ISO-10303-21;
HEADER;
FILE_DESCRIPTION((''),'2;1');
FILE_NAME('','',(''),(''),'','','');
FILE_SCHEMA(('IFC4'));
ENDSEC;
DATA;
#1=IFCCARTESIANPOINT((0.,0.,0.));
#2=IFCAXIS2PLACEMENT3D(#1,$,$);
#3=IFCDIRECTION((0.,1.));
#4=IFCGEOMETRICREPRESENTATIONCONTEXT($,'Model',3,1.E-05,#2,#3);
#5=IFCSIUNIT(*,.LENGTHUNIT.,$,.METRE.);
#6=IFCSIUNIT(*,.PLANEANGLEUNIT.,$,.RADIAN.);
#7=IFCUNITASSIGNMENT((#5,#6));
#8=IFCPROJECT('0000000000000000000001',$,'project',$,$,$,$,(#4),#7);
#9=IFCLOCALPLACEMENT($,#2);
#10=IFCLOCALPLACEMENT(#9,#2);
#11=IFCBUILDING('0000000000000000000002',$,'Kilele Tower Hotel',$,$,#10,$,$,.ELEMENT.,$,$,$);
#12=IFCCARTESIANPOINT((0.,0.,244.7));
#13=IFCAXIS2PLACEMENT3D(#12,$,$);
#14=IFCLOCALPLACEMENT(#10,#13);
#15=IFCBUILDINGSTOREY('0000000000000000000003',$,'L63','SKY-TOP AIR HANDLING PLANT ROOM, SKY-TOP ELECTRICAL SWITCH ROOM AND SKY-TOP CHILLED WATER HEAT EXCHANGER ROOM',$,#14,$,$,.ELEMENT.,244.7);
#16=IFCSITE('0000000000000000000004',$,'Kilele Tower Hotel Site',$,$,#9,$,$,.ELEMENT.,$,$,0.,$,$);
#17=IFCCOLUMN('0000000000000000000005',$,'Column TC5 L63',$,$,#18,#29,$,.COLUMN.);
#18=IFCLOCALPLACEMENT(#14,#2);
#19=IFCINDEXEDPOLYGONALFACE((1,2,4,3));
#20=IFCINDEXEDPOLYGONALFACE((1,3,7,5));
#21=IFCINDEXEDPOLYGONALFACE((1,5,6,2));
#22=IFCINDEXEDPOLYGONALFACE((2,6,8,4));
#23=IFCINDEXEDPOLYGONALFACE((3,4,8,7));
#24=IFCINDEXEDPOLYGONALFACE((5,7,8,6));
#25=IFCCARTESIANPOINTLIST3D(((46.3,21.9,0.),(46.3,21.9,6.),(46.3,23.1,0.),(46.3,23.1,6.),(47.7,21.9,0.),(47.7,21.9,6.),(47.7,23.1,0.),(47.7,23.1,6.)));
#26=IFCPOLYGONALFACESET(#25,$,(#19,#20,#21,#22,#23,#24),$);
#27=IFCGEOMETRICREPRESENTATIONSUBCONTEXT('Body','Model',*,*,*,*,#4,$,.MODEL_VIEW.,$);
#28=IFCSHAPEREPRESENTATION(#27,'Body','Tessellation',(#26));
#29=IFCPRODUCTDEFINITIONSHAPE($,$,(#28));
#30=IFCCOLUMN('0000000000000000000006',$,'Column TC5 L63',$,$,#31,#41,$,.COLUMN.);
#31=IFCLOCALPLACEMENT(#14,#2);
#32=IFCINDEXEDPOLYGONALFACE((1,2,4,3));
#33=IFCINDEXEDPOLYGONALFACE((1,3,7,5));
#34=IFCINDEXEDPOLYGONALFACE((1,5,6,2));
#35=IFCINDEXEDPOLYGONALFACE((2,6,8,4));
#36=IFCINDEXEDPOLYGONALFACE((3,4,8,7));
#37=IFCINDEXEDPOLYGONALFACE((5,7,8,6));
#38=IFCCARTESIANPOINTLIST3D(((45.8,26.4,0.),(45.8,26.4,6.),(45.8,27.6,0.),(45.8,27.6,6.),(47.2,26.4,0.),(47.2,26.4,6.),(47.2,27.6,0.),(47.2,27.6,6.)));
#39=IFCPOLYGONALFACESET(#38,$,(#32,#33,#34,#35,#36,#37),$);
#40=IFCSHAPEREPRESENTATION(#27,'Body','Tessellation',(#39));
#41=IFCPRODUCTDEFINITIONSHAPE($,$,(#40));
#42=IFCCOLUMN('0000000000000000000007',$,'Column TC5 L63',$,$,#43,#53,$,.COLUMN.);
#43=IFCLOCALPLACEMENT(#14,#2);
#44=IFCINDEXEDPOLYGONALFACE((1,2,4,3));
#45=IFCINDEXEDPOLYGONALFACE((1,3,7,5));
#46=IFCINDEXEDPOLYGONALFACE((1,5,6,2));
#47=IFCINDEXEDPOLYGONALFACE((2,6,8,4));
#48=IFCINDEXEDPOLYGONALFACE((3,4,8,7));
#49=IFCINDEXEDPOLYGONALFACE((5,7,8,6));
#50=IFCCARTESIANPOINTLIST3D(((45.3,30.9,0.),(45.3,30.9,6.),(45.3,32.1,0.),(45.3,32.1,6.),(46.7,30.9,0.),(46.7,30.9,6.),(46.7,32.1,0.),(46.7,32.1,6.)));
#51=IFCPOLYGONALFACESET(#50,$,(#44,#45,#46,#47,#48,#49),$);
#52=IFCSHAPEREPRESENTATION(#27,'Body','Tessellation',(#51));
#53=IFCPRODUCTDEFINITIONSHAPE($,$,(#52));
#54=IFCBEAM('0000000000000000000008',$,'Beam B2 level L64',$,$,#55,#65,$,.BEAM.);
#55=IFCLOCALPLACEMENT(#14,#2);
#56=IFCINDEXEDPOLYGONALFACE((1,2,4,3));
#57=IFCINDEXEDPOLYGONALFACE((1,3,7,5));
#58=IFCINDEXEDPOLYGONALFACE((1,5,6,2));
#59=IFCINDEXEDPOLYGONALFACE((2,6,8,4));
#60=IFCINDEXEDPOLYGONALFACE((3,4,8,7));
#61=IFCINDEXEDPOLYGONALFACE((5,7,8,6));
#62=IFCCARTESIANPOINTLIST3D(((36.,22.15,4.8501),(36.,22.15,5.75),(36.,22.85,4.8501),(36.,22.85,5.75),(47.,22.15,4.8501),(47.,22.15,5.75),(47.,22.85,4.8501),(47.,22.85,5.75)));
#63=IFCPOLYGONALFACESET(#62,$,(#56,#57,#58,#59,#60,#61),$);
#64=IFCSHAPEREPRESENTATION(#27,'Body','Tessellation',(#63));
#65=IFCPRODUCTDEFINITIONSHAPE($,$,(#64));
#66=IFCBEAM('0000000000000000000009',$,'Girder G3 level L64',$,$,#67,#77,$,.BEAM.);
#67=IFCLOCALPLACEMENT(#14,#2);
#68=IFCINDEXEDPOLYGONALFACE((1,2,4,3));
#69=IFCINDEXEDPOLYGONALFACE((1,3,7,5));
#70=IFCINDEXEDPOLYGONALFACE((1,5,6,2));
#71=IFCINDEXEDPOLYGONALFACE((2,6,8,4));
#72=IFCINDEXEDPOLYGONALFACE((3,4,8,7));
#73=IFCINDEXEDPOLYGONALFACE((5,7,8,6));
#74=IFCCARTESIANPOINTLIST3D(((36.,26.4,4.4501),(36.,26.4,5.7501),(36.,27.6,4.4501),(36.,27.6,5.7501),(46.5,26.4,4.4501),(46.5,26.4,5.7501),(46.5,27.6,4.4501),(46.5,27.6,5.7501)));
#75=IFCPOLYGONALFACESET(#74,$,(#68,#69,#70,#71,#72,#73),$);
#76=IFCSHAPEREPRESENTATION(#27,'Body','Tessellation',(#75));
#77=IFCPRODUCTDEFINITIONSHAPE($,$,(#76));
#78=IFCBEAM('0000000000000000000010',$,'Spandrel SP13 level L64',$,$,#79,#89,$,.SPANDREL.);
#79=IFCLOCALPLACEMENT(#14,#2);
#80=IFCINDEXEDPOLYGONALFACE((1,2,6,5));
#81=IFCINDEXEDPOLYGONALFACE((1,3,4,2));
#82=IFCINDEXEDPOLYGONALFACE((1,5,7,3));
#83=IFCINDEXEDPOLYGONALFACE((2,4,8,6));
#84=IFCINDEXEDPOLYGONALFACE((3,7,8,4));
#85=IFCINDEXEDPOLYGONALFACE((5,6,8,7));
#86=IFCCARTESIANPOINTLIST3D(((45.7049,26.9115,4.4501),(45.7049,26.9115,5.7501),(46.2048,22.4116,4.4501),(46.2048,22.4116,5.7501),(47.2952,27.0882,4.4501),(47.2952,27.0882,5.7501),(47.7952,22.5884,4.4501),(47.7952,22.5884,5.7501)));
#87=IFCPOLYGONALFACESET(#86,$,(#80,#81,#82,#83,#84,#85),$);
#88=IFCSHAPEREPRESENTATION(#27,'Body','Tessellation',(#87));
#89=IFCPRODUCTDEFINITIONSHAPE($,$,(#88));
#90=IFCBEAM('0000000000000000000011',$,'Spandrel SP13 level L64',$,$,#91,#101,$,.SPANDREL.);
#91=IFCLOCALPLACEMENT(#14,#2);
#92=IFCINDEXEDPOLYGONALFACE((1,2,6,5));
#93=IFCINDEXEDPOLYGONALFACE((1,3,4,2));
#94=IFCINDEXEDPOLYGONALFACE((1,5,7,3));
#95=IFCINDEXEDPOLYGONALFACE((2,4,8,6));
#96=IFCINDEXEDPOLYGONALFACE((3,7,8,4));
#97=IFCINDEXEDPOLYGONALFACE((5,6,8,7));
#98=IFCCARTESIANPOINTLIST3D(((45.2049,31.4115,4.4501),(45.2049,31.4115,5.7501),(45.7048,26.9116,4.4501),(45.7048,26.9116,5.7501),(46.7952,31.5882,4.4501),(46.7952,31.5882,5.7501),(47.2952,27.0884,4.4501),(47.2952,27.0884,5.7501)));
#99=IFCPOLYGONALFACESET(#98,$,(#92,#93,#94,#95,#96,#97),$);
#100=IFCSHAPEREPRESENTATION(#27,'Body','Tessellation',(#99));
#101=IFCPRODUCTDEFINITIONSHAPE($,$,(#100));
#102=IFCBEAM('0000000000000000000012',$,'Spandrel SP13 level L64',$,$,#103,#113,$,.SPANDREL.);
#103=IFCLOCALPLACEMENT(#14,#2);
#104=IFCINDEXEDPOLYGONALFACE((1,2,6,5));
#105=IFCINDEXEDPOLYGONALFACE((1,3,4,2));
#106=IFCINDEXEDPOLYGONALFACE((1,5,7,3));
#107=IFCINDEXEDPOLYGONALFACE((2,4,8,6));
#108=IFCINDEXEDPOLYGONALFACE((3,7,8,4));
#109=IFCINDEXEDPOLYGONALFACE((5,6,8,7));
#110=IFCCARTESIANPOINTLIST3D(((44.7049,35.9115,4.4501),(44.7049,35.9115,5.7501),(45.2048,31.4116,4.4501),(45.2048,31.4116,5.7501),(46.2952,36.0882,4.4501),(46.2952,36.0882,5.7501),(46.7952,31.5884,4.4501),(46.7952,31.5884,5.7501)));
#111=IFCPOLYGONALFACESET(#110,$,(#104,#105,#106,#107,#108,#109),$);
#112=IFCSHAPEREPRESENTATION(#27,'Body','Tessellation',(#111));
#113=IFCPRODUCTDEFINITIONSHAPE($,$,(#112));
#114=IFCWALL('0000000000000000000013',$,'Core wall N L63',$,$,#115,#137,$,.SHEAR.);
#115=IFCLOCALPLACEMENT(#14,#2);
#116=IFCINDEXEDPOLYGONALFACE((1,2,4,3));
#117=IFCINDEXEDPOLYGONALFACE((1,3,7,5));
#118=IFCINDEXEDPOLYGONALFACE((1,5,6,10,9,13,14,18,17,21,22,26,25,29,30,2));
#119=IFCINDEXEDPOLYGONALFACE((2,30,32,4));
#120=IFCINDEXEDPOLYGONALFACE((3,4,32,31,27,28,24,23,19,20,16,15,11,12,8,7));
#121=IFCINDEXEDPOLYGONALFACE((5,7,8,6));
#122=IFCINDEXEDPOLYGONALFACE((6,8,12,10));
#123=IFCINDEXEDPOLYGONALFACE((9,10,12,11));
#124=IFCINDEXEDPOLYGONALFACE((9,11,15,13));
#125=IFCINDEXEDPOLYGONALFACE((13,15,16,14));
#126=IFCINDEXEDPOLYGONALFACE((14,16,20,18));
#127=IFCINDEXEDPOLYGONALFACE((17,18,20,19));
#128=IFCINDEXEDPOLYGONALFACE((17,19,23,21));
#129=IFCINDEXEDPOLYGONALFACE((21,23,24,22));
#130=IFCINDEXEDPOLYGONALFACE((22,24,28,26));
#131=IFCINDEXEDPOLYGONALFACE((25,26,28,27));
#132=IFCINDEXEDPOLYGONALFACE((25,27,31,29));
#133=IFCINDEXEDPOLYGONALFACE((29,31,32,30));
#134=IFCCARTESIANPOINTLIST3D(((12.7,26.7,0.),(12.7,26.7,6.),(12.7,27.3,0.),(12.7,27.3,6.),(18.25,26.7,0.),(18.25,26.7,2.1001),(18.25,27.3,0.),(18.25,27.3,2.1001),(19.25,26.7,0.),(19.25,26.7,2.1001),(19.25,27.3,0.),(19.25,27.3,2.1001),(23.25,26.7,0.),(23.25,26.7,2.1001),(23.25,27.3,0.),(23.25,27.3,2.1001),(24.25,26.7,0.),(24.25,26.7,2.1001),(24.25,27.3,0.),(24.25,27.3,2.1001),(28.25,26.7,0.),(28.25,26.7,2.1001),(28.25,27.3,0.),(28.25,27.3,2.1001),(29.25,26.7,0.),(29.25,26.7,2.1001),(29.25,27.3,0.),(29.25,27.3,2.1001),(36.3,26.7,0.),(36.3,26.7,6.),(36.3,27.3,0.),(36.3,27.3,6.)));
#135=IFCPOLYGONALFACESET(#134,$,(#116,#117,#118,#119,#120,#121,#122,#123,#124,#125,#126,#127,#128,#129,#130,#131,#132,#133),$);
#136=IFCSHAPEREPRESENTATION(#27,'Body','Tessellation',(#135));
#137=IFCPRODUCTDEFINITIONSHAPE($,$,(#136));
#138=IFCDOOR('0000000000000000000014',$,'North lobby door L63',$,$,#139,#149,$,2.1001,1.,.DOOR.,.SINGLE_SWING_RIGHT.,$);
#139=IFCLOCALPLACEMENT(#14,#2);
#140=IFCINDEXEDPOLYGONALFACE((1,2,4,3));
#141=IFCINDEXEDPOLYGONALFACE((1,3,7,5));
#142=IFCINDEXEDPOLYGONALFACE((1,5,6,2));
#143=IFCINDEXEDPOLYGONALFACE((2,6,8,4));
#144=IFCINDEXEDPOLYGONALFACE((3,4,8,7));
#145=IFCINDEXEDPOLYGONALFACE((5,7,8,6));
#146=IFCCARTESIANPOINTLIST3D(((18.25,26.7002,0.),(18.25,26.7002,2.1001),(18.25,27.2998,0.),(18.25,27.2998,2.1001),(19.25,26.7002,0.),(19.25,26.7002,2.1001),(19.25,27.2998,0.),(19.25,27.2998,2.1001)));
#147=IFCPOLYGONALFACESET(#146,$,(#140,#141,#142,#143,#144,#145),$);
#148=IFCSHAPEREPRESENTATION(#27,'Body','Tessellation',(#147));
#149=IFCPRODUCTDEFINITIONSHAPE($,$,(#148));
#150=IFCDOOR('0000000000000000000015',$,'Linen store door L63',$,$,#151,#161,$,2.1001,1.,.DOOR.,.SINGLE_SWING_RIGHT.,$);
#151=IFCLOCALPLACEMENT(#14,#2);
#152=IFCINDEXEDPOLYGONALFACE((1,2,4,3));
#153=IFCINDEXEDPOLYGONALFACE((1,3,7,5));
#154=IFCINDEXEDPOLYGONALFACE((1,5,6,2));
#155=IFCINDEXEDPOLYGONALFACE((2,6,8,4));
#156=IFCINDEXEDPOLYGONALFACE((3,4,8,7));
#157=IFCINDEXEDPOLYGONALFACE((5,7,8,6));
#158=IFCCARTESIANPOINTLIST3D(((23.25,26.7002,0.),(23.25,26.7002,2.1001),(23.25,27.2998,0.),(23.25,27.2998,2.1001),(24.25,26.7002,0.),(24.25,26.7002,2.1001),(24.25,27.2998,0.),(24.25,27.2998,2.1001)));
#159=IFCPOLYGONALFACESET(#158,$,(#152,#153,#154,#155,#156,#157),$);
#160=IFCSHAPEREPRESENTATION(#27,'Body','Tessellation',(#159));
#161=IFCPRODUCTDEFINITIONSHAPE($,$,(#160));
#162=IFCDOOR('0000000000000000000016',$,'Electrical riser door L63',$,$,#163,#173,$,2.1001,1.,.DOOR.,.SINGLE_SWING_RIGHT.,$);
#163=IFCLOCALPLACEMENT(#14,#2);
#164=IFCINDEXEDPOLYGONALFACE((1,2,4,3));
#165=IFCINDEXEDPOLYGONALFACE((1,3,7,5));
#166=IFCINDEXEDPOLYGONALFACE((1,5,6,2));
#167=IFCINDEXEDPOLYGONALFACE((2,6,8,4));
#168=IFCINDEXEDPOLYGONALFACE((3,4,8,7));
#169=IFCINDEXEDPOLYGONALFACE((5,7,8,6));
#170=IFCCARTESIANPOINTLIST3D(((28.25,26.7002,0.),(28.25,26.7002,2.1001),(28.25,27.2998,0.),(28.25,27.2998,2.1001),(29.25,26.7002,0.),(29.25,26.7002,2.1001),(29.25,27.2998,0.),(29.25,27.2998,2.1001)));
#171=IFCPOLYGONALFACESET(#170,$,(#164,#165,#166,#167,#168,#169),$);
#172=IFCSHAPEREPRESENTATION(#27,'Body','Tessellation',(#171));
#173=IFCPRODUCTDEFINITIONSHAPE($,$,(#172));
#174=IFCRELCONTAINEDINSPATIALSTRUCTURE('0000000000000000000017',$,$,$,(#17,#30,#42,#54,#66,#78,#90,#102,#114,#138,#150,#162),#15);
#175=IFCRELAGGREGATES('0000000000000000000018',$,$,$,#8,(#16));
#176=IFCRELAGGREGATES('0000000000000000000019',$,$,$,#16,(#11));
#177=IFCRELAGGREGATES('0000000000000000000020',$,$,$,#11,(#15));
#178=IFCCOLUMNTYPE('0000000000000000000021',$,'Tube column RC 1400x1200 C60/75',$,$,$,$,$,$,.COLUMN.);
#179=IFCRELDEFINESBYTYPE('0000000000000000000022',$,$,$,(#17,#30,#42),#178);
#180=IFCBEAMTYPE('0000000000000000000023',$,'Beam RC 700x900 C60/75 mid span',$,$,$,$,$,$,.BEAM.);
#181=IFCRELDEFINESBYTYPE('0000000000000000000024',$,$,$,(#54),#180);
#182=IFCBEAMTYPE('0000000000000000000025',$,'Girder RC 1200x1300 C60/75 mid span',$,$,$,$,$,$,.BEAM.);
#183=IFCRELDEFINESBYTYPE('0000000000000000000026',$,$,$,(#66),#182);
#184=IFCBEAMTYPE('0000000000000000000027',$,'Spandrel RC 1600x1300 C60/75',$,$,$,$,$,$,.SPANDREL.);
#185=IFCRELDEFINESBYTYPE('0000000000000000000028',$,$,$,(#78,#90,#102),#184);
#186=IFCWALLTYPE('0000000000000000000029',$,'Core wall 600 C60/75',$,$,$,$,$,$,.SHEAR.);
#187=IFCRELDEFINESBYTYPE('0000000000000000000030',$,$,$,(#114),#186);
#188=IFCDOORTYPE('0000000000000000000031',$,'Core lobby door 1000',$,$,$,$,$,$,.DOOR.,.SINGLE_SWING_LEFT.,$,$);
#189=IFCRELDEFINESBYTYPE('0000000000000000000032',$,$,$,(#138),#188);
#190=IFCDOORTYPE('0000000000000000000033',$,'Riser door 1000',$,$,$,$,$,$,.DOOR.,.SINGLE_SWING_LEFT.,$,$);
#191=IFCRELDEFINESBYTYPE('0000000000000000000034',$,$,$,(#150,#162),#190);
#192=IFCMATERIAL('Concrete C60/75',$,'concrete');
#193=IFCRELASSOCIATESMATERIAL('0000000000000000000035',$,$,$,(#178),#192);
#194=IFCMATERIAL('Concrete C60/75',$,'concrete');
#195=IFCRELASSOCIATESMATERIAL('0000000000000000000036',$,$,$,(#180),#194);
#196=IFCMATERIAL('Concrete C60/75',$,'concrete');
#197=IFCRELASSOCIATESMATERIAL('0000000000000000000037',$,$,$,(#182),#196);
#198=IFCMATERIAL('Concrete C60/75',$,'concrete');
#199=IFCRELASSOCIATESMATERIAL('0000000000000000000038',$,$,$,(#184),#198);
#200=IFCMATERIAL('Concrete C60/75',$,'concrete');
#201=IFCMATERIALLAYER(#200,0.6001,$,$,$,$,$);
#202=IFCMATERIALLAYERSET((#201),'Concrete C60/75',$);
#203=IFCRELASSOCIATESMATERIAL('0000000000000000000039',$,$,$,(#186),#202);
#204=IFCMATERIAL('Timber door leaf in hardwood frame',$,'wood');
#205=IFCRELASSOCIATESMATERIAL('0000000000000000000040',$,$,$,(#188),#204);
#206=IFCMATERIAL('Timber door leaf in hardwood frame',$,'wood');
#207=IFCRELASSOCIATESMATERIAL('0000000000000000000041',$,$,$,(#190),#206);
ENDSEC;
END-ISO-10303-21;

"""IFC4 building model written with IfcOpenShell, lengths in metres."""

from ifc_helpers import new_model, si_unit, direction, frame, frame_2d, origin, origin_2d, place, context, subcontext, project, spatial, rectangle, extrude, material, layer, layer_set, material_profile, profile_set, type_object, element, fill, save


model = new_model("IFC4")

# Units and contexts
model_context = context("Model", 3, precision=1e-05, world=origin(), true_north=direction((0.0, 1.0)))
body_context = subcontext(model_context, "Body", "Model", "MODEL_VIEW")
ifc_project = project(units=[si_unit("LENGTHUNIT", "METRE"), si_unit("PLANEANGLEUNIT", "RADIAN")], contexts=[model_context])

# Site, building, storey
site_placement = place(None, origin())
site = spatial("IfcSite", under=ifc_project, at=site_placement, Name="Kilele Tower Hotel Site", CompositionType="ELEMENT", RefElevation=0.0)
building_placement = place(site_placement, origin())
building = spatial("IfcBuilding", under=site, at=building_placement, Name="Kilele Tower Hotel", CompositionType="ELEMENT")
storey_placement = place(building_placement, frame((0.0, 0.0, 244.7)))
storey = spatial("IfcBuildingStorey", under=building, at=storey_placement, Name="L63", Description="SKY-TOP AIR HANDLING PLANT ROOM, SKY-TOP ELECTRICAL SWITCH ROOM AND SKY-TOP CHILLED WATER HEAT EXCHANGER ROOM", CompositionType="ELEMENT", Elevation=244.7)

# Columns
ifc_material_1 = material(Name="Concrete C60/75", Category="concrete")
ifc_material_profile_1 = material_profile(ifc_material_1, rectangle(XDim=1.3999, YDim=1.2, at=origin_2d()))
ifc_profile_set_1 = profile_set([ifc_material_profile_1], Name="Concrete C60/75")
column_type = type_object("IfcColumnType", Name="Tube column RC 1400x1200 C60/75", PredefinedType="COLUMN", material=ifc_profile_set_1)
for number, where, z_axis, x_axis, name in (
    (1, (47.0, 22.5, 0.0), (0.0, 0.0, 1.0), (1.0, 0.0, 0.0), "Column TC5 L63"),
    (2, (46.5, 27.0, 0.0), (0.0, 0.0, 1.0), (1.0, 0.0, 0.0), "Column TC5 L63"),
    (3, (46.0, 31.5, 0.0), (0.0, 0.0, 1.0), (1.0, 0.0, 0.0), "Column TC5 L63"),
):
    element("IfcColumn", number, at=place(storey_placement, frame(where, z_axis=z_axis, x_axis=x_axis)), inside=storey, type_object=column_type, Name=name, PredefinedType="COLUMN", context=body_context, shape_type="SweptSolid", body=[
        extrude(rectangle(XDim=1.3999, YDim=1.2, at=origin_2d()), origin(), (0.0, 0.0, 1.0), 6.0),
    ])

# Beams
ifc_material_2 = material(Name="Concrete C60/75", Category="concrete")
ifc_material_profile_2 = material_profile(ifc_material_2, rectangle(XDim=0.7, YDim=0.8999, at=origin_2d()))
ifc_profile_set_2 = profile_set([ifc_material_profile_2], Name="Concrete C60/75")
beam_type_1 = type_object("IfcBeamType", Name="Beam RC 700x900 C60/75 mid span", PredefinedType="BEAM", material=ifc_profile_set_2)
beam_1_placement = place(storey_placement, frame((47.0, 22.5, 5.3), z_axis=(-1.0, 0.0, 0.0), x_axis=(0.0, -1.0, 0.0)))
element("IfcBeam", 4, at=beam_1_placement, inside=storey, type_object=beam_type_1, Name="Beam B2 level L64", PredefinedType="BEAM", context=body_context, shape_type="SweptSolid", body=[
    extrude(rectangle(XDim=0.7, YDim=0.8999, at=origin_2d()), origin(), (0.0, 0.0, 1.0), 11.0),
])
ifc_material_3 = material(Name="Concrete C60/75", Category="concrete")
ifc_material_profile_3 = material_profile(ifc_material_3, rectangle(XDim=1.2, YDim=1.3, at=origin_2d()))
ifc_profile_set_3 = profile_set([ifc_material_profile_3], Name="Concrete C60/75")
beam_type_2 = type_object("IfcBeamType", Name="Girder RC 1200x1300 C60/75 mid span", PredefinedType="BEAM", material=ifc_profile_set_3)
beam_2_placement = place(storey_placement, frame((46.5, 27.0, 5.1001), z_axis=(-1.0, 0.0, 0.0), x_axis=(0.0, -1.0, 0.0)))
element("IfcBeam", 5, at=beam_2_placement, inside=storey, type_object=beam_type_2, Name="Girder G3 level L64", PredefinedType="BEAM", context=body_context, shape_type="SweptSolid", body=[
    extrude(rectangle(XDim=1.2, YDim=1.3, at=origin_2d()), origin(), (0.0, 0.0, 1.0), 10.5),
])
ifc_material_4 = material(Name="Concrete C60/75", Category="concrete")
ifc_material_profile_4 = material_profile(ifc_material_4, rectangle(XDim=1.6001, YDim=1.3, at=origin_2d()))
ifc_profile_set_4 = profile_set([ifc_material_profile_4], Name="Concrete C60/75")
beam_type_3 = type_object("IfcBeamType", Name="Spandrel RC 1600x1300 C60/75", PredefinedType="SPANDREL", material=ifc_profile_set_4)
for number, where, z_axis, x_axis, name in (
    (6, (47.0, 22.5, 5.1001), (-0.110432, 0.993884, 0.0), (-0.993884, -0.110432, 0.0), "Spandrel SP13 level L64"),
    (7, (46.5, 27.0, 5.1001), (-0.110432, 0.993884, 0.0), (-0.993884, -0.110432, 0.0), "Spandrel SP13 level L64"),
    (8, (46.0, 31.5, 5.1001), (-0.110432, 0.993884, 0.0), (-0.993884, -0.110432, 0.0), "Spandrel SP13 level L64"),
):
    element("IfcBeam", number, at=place(storey_placement, frame(where, z_axis=z_axis, x_axis=x_axis)), inside=storey, type_object=beam_type_3, Name=name, PredefinedType="SPANDREL", context=body_context, shape_type="SweptSolid", body=[
        extrude(rectangle(XDim=1.6001, YDim=1.3, at=origin_2d()), origin(), (0.0, 0.0, 1.0), 4.5276),
    ])

# Wall, openings, doors
ifc_material_5 = material(Name="Concrete C60/75", Category="concrete")
ifc_layer_1 = layer(ifc_material_5, 0.6001)
ifc_layer_set_1 = layer_set([ifc_layer_1], Name="Concrete C60/75")
wall_type_1 = type_object("IfcWallType", Name="Core wall 600 C60/75", PredefinedType="SHEAR", material=ifc_layer_set_1)
wall_1_placement = place(storey_placement, frame((36.3, 27.0, 0.0), z_axis=(0.0, 0.0, 1.0), x_axis=(-1.0, 0.0, 0.0)))
wall_1 = element("IfcWall", 9, at=wall_1_placement, inside=storey, type_object=wall_type_1, Name="Core wall N L63", PredefinedType="SHEAR", context=body_context, shape_type="SweptSolid", body=[
    extrude(rectangle(XDim=23.6001, YDim=0.6001, at=frame_2d((11.8, 0.0))), origin(), (0.0, 0.0, 1.0), 6.0),
])
opening_1_placement = place(wall_1_placement, frame((17.05, 0.0, 0.0)))
opening_1 = element("IfcOpeningElement", 10, at=opening_1_placement, cuts=wall_1, PredefinedType="OPENING", context=body_context, shape_type="SweptSolid", body=[
    extrude(rectangle(XDim=1.0, YDim=2.1001, at=frame_2d((0.5, 1.05))), frame((0.0, 0.3101, 0.0), z_axis=(0.0, -1.0, 0.0), x_axis=(1.0, 0.0, 0.0)), (0.0, 0.0, 1.0), 0.6201),
])
opening_2_placement = place(wall_1_placement, frame((12.05, 0.0, 0.0)))
opening_2 = element("IfcOpeningElement", 11, at=opening_2_placement, cuts=wall_1, PredefinedType="OPENING", context=body_context, shape_type="SweptSolid", body=[
    extrude(rectangle(XDim=1.0, YDim=2.1001, at=frame_2d((0.5, 1.05))), frame((0.0, 0.3101, 0.0), z_axis=(0.0, -1.0, 0.0), x_axis=(1.0, 0.0, 0.0)), (0.0, 0.0, 1.0), 0.6201),
])
opening_3_placement = place(wall_1_placement, frame((7.05, 0.0, 0.0)))
opening_3 = element("IfcOpeningElement", 12, at=opening_3_placement, cuts=wall_1, PredefinedType="OPENING", context=body_context, shape_type="SweptSolid", body=[
    extrude(rectangle(XDim=1.0, YDim=2.1001, at=frame_2d((0.5, 1.05))), frame((0.0, 0.3101, 0.0), z_axis=(0.0, -1.0, 0.0), x_axis=(1.0, 0.0, 0.0)), (0.0, 0.0, 1.0), 0.6201),
])
ifc_material_6 = material(Name="Timber door leaf in hardwood frame", Category="wood")
door_type_1 = type_object("IfcDoorType", Name="Core lobby door 1000", OperationType="SINGLE_SWING_LEFT", PredefinedType="DOOR", material=ifc_material_6)
door_1_placement = place(opening_1_placement, origin())
door_1 = element("IfcDoor", 13, at=door_1_placement, inside=storey, type_object=door_type_1, Name="North lobby door L63", OperationType="SINGLE_SWING_RIGHT", OverallHeight=2.1001, OverallWidth=1.0, PredefinedType="DOOR", context=body_context, shape_type="SweptSolid", body=[
    extrude(rectangle(XDim=1.0, YDim=2.1001, at=frame_2d((0.5, 1.05))), frame((0.0, 0.2998, 0.0), z_axis=(0.0, -1.0, 0.0), x_axis=(1.0, 0.0, 0.0)), (0.0, 0.0, 1.0), 0.5996),
])
fill(opening_1, door_1)
ifc_material_7 = material(Name="Timber door leaf in hardwood frame", Category="wood")
door_type_2 = type_object("IfcDoorType", Name="Riser door 1000", OperationType="SINGLE_SWING_LEFT", PredefinedType="DOOR", material=ifc_material_7)
door_2_placement = place(opening_2_placement, origin())
door_2 = element("IfcDoor", 14, at=door_2_placement, inside=storey, type_object=door_type_2, Name="Linen store door L63", OperationType="SINGLE_SWING_RIGHT", OverallHeight=2.1001, OverallWidth=1.0, PredefinedType="DOOR", context=body_context, shape_type="SweptSolid", body=[
    extrude(rectangle(XDim=1.0, YDim=2.1001, at=frame_2d((0.5, 1.05))), frame((0.0, 0.2998, 0.0), z_axis=(0.0, -1.0, 0.0), x_axis=(1.0, 0.0, 0.0)), (0.0, 0.0, 1.0), 0.5996),
])
fill(opening_2, door_2)
door_3_placement = place(opening_3_placement, origin())
door_3 = element("IfcDoor", 15, at=door_3_placement, inside=storey, type_object=door_type_2, Name="Electrical riser door L63", OperationType="SINGLE_SWING_RIGHT", OverallHeight=2.1001, OverallWidth=1.0, PredefinedType="DOOR", context=body_context, shape_type="SweptSolid", body=[
    extrude(rectangle(XDim=1.0, YDim=2.1001, at=frame_2d((0.5, 1.05))), frame((0.0, 0.2998, 0.0), z_axis=(0.0, -1.0, 0.0), x_axis=(1.0, 0.0, 0.0)), (0.0, 0.0, 1.0), 0.5996),
])
fill(opening_3, door_3)

save(model, "model.ifc")
